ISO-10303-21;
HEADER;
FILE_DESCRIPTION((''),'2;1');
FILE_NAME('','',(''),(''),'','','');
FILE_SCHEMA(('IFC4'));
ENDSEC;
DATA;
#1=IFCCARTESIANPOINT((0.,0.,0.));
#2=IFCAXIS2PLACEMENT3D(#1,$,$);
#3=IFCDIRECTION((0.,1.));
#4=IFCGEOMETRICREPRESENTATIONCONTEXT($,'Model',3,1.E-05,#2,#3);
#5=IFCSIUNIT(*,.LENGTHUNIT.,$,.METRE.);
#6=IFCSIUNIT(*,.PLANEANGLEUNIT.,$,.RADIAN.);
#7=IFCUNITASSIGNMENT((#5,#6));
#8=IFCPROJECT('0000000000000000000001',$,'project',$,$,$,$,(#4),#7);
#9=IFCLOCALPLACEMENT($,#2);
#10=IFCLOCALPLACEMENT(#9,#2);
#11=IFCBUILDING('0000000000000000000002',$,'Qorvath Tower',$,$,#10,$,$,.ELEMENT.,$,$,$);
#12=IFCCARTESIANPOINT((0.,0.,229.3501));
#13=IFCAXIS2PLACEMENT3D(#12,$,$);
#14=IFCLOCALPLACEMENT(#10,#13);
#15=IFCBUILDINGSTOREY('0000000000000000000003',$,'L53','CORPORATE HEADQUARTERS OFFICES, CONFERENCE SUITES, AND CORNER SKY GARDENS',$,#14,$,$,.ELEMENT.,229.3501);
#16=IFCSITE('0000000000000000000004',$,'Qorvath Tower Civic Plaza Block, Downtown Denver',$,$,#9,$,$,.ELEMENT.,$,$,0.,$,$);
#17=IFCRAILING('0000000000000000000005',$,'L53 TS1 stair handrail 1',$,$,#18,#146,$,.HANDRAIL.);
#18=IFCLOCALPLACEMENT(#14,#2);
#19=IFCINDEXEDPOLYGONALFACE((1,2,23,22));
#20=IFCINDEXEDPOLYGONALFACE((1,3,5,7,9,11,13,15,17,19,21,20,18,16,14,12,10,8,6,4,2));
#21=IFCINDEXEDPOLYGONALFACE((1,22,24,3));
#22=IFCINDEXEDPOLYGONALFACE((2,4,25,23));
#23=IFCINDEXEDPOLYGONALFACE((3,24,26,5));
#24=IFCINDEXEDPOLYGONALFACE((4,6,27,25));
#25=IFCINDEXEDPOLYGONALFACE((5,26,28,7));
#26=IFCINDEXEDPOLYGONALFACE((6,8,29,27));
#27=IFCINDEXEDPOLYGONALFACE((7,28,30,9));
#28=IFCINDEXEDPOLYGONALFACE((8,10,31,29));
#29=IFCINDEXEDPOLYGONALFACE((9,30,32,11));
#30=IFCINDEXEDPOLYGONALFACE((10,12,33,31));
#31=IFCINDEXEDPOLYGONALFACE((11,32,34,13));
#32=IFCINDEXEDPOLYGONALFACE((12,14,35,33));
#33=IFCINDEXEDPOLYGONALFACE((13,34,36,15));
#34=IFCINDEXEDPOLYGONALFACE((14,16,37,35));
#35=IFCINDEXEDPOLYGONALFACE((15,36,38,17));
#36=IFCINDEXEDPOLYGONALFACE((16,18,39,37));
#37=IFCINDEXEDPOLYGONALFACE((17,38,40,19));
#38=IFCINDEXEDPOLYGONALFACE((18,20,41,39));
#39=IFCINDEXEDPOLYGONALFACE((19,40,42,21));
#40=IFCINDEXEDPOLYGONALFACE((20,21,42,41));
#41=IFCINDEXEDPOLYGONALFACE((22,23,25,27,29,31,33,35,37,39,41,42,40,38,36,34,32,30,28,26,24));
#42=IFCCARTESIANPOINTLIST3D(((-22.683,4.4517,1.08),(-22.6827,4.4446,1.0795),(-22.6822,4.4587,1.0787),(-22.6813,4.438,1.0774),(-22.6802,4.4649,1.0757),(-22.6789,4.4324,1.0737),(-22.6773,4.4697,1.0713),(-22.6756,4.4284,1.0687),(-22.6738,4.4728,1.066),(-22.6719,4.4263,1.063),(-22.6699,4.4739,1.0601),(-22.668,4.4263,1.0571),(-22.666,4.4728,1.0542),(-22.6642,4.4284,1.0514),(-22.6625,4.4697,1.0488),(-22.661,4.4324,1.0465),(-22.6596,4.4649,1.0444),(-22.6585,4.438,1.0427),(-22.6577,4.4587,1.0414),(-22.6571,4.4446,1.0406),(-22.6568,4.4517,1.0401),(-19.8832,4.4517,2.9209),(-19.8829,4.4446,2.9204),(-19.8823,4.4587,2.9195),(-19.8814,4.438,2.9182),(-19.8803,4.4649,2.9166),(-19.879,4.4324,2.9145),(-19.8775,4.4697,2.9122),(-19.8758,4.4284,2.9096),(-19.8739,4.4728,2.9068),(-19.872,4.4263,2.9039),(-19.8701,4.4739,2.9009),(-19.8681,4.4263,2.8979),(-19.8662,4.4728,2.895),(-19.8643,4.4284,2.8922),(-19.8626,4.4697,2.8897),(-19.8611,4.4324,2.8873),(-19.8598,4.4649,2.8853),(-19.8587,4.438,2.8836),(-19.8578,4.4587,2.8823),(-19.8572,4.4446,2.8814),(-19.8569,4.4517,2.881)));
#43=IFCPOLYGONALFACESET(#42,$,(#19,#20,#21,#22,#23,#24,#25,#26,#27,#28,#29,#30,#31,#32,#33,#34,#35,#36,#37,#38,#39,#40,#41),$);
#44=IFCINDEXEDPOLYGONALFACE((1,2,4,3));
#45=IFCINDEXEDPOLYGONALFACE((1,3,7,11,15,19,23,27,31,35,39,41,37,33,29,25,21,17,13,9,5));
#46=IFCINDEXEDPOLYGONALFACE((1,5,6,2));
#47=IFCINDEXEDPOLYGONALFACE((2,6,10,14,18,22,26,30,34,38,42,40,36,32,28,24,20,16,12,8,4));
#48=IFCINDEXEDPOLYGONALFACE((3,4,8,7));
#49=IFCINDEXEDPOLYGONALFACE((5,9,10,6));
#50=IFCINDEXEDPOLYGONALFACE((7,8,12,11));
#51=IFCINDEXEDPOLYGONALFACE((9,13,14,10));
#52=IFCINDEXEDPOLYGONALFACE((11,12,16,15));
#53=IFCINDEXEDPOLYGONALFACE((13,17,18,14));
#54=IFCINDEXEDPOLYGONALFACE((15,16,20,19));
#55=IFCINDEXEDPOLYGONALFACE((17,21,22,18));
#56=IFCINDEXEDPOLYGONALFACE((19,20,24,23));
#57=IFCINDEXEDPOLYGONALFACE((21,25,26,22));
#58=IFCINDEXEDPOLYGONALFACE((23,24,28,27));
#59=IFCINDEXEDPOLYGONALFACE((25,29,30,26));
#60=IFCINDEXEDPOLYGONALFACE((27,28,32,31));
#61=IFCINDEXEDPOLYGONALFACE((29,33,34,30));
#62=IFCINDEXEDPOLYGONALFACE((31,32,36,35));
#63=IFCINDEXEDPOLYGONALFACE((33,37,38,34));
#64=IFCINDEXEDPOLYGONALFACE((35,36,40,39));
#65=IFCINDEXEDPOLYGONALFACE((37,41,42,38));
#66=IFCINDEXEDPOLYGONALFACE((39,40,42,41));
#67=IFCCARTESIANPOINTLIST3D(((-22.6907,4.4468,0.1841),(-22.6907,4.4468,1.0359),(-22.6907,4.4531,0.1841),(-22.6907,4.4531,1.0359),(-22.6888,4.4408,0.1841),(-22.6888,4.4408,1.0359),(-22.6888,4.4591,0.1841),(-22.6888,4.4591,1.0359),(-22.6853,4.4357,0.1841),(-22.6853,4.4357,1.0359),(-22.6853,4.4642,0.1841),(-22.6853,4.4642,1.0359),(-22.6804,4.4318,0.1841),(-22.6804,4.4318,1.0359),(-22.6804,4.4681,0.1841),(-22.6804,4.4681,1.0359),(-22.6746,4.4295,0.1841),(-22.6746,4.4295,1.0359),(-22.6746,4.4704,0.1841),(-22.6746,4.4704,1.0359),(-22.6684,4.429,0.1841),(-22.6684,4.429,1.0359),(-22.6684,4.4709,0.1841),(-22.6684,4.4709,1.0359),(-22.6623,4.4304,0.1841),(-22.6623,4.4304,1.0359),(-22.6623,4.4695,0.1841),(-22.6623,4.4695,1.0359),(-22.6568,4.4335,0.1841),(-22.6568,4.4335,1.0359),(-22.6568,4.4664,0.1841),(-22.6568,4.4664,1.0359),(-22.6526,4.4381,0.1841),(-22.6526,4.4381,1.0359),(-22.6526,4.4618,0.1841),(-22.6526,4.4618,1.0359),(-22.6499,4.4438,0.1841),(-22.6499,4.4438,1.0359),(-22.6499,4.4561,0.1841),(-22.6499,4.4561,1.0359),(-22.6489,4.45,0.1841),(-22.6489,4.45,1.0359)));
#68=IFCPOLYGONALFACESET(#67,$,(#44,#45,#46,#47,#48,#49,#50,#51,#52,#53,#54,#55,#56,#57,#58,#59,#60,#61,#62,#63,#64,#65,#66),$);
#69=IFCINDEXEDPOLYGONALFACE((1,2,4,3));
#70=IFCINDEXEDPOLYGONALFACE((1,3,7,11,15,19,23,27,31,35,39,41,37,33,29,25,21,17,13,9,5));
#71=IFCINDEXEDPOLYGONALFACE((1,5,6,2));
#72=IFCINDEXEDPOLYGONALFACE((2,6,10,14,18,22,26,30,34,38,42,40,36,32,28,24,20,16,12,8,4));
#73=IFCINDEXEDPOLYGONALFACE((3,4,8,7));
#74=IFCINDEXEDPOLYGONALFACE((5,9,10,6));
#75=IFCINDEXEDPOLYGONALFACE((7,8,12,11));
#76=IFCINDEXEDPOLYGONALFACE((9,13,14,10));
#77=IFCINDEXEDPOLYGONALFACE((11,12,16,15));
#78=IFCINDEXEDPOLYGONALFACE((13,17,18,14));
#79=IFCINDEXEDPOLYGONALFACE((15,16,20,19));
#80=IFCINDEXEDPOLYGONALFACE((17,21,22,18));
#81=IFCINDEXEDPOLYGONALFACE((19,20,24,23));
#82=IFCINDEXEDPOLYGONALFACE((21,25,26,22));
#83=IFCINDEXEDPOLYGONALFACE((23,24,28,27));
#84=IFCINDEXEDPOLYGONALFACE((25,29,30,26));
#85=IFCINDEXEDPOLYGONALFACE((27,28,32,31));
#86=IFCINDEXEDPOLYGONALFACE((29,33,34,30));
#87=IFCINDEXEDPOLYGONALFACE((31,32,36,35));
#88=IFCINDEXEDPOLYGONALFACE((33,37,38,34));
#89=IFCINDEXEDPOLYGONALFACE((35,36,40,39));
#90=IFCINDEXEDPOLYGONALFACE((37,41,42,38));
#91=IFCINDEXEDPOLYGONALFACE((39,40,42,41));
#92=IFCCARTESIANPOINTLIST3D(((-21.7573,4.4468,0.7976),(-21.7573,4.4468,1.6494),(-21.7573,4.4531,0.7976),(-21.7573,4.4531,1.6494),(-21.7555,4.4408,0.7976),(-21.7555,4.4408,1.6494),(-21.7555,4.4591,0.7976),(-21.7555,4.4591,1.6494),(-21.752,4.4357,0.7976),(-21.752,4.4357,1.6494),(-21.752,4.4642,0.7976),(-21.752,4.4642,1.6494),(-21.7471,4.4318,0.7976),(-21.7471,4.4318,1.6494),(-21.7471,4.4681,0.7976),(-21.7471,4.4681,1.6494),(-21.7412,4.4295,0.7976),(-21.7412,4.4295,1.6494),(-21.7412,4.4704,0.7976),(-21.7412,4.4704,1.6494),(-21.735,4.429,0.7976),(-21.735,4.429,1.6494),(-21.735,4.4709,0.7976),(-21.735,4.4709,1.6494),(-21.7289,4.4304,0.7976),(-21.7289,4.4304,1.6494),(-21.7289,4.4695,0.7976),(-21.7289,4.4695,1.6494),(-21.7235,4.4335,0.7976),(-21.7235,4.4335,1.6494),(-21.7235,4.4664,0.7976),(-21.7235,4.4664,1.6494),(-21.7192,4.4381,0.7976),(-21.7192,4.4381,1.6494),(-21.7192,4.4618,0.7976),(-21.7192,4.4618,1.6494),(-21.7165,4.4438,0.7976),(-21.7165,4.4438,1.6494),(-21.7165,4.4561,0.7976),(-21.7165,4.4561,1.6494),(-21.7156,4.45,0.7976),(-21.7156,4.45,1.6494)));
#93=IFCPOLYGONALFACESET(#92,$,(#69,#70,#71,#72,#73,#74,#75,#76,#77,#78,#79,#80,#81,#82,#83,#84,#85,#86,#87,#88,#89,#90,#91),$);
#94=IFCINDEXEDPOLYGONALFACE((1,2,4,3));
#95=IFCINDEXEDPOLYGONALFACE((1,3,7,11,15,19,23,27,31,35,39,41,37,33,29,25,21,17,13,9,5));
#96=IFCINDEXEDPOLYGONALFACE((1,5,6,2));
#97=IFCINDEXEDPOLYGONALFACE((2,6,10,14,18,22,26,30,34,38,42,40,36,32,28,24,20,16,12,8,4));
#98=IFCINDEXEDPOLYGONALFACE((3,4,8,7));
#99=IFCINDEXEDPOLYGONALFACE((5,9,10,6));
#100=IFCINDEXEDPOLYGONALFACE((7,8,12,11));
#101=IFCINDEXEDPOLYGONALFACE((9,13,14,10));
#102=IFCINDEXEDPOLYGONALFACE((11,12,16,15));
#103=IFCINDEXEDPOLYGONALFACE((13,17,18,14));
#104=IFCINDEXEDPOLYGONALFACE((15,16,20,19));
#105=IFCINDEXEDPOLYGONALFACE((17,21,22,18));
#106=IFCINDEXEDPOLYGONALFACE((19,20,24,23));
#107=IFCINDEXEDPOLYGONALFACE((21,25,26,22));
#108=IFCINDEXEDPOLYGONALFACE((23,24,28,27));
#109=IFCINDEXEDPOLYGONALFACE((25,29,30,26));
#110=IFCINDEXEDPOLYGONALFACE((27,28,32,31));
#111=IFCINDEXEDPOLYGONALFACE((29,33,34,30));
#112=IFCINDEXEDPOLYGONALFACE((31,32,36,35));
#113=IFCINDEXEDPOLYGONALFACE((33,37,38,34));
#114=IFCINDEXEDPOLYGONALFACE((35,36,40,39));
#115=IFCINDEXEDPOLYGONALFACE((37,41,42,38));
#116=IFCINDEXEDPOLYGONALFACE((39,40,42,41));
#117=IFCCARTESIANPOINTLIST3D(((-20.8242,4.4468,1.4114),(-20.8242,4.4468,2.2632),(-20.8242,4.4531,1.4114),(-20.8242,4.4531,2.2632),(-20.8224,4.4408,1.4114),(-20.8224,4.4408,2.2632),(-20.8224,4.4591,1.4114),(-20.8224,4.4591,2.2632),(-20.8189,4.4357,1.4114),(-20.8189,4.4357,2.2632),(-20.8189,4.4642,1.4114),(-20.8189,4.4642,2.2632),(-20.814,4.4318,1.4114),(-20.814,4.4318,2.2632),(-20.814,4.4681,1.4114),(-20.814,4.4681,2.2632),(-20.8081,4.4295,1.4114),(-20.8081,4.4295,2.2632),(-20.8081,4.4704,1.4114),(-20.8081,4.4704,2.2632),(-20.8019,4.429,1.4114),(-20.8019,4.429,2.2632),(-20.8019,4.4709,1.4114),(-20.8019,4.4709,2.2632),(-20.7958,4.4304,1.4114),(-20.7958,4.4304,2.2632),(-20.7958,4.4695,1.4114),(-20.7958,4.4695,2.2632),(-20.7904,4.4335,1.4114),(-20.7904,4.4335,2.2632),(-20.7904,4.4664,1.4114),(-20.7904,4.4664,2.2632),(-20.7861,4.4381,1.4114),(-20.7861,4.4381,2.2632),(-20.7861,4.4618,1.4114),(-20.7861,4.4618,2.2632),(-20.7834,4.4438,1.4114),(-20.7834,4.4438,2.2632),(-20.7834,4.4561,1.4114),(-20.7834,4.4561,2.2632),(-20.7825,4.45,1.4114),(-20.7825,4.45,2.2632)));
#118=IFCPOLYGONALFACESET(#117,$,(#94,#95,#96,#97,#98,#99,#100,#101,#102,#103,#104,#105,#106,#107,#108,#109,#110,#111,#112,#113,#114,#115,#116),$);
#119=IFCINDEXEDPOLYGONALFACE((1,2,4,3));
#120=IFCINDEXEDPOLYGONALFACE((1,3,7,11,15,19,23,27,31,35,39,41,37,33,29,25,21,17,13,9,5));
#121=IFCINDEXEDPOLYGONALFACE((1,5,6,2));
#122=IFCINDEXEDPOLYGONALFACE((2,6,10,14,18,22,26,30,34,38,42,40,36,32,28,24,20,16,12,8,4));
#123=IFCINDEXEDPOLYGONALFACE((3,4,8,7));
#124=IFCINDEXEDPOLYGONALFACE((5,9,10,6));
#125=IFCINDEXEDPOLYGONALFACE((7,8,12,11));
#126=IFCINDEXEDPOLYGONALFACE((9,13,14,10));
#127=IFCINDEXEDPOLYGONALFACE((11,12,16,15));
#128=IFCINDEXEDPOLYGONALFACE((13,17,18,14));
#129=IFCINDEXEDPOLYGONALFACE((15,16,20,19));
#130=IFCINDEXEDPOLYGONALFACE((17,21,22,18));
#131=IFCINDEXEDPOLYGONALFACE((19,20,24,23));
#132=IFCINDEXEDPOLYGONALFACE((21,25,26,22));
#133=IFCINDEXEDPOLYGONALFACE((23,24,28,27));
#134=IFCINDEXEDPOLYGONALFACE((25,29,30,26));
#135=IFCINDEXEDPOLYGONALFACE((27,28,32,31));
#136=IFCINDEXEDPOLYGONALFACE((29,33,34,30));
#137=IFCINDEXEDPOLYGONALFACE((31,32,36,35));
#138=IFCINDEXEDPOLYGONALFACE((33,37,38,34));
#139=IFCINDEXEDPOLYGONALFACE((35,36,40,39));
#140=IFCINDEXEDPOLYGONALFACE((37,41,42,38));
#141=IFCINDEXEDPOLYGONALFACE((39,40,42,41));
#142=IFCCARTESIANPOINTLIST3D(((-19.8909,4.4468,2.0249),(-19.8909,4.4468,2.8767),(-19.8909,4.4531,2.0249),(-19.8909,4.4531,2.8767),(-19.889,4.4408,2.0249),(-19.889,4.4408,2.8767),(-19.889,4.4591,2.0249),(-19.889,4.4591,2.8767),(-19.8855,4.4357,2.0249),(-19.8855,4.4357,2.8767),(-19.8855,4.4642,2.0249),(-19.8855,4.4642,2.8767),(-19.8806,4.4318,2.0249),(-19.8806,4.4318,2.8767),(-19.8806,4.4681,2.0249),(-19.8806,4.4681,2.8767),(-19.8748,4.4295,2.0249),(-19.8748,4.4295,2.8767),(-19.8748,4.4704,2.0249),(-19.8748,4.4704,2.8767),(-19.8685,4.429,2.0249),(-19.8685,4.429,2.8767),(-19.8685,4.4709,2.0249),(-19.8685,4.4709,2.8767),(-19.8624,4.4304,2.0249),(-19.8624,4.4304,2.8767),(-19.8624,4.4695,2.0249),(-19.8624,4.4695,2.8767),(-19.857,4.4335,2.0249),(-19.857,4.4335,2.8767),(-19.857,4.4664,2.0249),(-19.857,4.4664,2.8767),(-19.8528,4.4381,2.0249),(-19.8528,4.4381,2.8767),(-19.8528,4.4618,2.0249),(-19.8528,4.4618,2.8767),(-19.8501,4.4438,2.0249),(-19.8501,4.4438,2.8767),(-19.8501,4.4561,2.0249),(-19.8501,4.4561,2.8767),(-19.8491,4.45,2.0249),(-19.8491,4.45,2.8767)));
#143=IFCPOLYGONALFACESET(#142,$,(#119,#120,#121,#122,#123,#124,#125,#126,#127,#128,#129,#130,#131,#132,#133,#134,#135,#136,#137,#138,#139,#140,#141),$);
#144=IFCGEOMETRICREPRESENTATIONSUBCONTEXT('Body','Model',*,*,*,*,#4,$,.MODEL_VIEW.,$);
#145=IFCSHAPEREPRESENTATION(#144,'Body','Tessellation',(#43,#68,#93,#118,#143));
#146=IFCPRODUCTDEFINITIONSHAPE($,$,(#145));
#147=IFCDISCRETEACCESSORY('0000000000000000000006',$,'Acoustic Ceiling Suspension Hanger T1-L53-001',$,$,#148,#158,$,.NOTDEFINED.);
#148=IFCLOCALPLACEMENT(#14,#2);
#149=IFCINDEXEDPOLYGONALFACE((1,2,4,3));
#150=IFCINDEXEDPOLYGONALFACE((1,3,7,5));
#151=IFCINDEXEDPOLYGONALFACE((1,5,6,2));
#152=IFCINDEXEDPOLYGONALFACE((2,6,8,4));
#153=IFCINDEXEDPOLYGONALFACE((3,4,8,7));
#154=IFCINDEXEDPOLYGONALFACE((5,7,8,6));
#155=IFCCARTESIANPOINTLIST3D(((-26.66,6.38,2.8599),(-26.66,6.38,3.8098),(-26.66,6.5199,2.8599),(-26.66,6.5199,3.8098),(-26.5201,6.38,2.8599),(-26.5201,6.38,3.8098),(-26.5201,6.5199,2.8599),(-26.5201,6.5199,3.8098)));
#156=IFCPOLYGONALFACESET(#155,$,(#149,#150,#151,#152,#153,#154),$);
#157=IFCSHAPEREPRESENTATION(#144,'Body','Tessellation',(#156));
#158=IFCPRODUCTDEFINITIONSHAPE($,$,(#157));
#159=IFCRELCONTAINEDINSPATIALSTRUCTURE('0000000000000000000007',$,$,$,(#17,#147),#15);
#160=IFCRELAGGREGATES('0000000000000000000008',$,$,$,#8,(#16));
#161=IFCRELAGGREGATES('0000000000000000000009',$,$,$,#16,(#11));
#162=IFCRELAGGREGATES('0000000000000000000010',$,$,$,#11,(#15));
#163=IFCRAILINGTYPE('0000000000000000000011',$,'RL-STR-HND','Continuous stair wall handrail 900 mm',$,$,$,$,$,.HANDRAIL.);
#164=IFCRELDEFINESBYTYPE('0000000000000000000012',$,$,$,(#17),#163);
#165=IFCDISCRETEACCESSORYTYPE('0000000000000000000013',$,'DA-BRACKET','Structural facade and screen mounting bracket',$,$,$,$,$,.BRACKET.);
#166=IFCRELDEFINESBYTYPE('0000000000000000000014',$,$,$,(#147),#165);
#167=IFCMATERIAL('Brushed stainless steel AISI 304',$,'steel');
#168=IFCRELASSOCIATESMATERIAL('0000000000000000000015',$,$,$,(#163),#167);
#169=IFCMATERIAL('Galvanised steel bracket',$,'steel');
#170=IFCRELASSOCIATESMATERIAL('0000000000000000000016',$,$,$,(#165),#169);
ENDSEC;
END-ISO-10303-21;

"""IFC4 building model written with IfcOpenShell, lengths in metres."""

from ifc_helpers import new_model, si_unit, direction, frame, origin, origin_2d, place, context, subcontext, project, spatial, rectangle, circle, extrude, material, type_object, element, save


model = new_model("IFC4")

# Units and contexts
model_context = context("Model", 3, precision=1e-05, world=origin(), true_north=direction((0.0, 1.0)))
body_context = subcontext(model_context, "Body", "Model", "MODEL_VIEW")
ifc_project = project(units=[si_unit("LENGTHUNIT", "METRE"), si_unit("PLANEANGLEUNIT", "RADIAN")], contexts=[model_context])

# Site, building, storey
site_placement = place(None, origin())
site = spatial("IfcSite", under=ifc_project, at=site_placement, Name="Qorvath Tower Civic Plaza Block, Downtown Denver", CompositionType="ELEMENT", RefElevation=0.0)
building_placement = place(site_placement, origin())
building = spatial("IfcBuilding", under=site, at=building_placement, Name="Qorvath Tower", CompositionType="ELEMENT")
storey_placement = place(building_placement, frame((0.0, 0.0, 229.3501)))
storey = spatial("IfcBuildingStorey", under=building, at=storey_placement, Name="L53", Description="CORPORATE HEADQUARTERS OFFICES, CONFERENCE SUITES, AND CORNER SKY GARDENS", CompositionType="ELEMENT", Elevation=229.3501)

# Railing
ifc_material_1 = material(Name="Brushed stainless steel AISI 304", Category="steel")
railing_type_1 = type_object("IfcRailingType", Name="RL-STR-HND", Description="Continuous stair wall handrail 900 mm", PredefinedType="HANDRAIL", material=ifc_material_1)
railing_1_placement = place(storey_placement, frame((-22.6699, 4.45, 0.1841)))
element("IfcRailing", 1, at=railing_1_placement, inside=storey, type_object=railing_type_1, Name="L53 TS1 stair handrail 1", PredefinedType="HANDRAIL", context=body_context, shape_type="SweptSolid", body=[
    extrude(circle(Radius=0.0239, at=origin_2d()), frame((0.0, 0.0, 0.876), z_axis=(0.835576, 0.0, 0.549376), x_axis=(0.0, 1.0, 0.0)), (0.0, 0.0, 1.0), 3.3508),
    extrude(circle(Radius=0.021, at=origin_2d()), origin(), (0.0, 0.0, 1.0), 0.8518),
    extrude(circle(Radius=0.021, at=origin_2d()), frame((0.9333, 0.0, 0.6135)), (0.0, 0.0, 1.0), 0.8518),
    extrude(circle(Radius=0.021, at=origin_2d()), frame((1.8665, 0.0, 1.2273)), (0.0, 0.0, 1.0), 0.8518),
    extrude(circle(Radius=0.021, at=origin_2d()), frame((2.7998, 0.0, 1.8408)), (0.0, 0.0, 1.0), 0.8518),
])

# Discrete accessory
ifc_material_2 = material(Name="Galvanised steel bracket", Category="steel")
discrete_accessory_type = type_object("IfcDiscreteAccessoryType", Name="DA-BRACKET", Description="Structural facade and screen mounting bracket", PredefinedType="BRACKET", material=ifc_material_2)
discrete_accessory_placement = place(storey_placement, frame((-26.5901, 6.45, 2.8599), z_axis=(0.0, 0.0, 1.0), x_axis=(1.0, 0.0, 0.0)))
element("IfcDiscreteAccessory", 2, at=discrete_accessory_placement, inside=storey, type_object=discrete_accessory_type, Name="Acoustic Ceiling Suspension Hanger T1-L53-001", PredefinedType="NOTDEFINED", context=body_context, shape_type="SweptSolid", body=[
    extrude(rectangle(XDim=0.1399, YDim=0.1399, at=origin_2d()), origin(), (0.0, 0.0, 1.0), 0.95),
])

save(model, "model.ifc")
